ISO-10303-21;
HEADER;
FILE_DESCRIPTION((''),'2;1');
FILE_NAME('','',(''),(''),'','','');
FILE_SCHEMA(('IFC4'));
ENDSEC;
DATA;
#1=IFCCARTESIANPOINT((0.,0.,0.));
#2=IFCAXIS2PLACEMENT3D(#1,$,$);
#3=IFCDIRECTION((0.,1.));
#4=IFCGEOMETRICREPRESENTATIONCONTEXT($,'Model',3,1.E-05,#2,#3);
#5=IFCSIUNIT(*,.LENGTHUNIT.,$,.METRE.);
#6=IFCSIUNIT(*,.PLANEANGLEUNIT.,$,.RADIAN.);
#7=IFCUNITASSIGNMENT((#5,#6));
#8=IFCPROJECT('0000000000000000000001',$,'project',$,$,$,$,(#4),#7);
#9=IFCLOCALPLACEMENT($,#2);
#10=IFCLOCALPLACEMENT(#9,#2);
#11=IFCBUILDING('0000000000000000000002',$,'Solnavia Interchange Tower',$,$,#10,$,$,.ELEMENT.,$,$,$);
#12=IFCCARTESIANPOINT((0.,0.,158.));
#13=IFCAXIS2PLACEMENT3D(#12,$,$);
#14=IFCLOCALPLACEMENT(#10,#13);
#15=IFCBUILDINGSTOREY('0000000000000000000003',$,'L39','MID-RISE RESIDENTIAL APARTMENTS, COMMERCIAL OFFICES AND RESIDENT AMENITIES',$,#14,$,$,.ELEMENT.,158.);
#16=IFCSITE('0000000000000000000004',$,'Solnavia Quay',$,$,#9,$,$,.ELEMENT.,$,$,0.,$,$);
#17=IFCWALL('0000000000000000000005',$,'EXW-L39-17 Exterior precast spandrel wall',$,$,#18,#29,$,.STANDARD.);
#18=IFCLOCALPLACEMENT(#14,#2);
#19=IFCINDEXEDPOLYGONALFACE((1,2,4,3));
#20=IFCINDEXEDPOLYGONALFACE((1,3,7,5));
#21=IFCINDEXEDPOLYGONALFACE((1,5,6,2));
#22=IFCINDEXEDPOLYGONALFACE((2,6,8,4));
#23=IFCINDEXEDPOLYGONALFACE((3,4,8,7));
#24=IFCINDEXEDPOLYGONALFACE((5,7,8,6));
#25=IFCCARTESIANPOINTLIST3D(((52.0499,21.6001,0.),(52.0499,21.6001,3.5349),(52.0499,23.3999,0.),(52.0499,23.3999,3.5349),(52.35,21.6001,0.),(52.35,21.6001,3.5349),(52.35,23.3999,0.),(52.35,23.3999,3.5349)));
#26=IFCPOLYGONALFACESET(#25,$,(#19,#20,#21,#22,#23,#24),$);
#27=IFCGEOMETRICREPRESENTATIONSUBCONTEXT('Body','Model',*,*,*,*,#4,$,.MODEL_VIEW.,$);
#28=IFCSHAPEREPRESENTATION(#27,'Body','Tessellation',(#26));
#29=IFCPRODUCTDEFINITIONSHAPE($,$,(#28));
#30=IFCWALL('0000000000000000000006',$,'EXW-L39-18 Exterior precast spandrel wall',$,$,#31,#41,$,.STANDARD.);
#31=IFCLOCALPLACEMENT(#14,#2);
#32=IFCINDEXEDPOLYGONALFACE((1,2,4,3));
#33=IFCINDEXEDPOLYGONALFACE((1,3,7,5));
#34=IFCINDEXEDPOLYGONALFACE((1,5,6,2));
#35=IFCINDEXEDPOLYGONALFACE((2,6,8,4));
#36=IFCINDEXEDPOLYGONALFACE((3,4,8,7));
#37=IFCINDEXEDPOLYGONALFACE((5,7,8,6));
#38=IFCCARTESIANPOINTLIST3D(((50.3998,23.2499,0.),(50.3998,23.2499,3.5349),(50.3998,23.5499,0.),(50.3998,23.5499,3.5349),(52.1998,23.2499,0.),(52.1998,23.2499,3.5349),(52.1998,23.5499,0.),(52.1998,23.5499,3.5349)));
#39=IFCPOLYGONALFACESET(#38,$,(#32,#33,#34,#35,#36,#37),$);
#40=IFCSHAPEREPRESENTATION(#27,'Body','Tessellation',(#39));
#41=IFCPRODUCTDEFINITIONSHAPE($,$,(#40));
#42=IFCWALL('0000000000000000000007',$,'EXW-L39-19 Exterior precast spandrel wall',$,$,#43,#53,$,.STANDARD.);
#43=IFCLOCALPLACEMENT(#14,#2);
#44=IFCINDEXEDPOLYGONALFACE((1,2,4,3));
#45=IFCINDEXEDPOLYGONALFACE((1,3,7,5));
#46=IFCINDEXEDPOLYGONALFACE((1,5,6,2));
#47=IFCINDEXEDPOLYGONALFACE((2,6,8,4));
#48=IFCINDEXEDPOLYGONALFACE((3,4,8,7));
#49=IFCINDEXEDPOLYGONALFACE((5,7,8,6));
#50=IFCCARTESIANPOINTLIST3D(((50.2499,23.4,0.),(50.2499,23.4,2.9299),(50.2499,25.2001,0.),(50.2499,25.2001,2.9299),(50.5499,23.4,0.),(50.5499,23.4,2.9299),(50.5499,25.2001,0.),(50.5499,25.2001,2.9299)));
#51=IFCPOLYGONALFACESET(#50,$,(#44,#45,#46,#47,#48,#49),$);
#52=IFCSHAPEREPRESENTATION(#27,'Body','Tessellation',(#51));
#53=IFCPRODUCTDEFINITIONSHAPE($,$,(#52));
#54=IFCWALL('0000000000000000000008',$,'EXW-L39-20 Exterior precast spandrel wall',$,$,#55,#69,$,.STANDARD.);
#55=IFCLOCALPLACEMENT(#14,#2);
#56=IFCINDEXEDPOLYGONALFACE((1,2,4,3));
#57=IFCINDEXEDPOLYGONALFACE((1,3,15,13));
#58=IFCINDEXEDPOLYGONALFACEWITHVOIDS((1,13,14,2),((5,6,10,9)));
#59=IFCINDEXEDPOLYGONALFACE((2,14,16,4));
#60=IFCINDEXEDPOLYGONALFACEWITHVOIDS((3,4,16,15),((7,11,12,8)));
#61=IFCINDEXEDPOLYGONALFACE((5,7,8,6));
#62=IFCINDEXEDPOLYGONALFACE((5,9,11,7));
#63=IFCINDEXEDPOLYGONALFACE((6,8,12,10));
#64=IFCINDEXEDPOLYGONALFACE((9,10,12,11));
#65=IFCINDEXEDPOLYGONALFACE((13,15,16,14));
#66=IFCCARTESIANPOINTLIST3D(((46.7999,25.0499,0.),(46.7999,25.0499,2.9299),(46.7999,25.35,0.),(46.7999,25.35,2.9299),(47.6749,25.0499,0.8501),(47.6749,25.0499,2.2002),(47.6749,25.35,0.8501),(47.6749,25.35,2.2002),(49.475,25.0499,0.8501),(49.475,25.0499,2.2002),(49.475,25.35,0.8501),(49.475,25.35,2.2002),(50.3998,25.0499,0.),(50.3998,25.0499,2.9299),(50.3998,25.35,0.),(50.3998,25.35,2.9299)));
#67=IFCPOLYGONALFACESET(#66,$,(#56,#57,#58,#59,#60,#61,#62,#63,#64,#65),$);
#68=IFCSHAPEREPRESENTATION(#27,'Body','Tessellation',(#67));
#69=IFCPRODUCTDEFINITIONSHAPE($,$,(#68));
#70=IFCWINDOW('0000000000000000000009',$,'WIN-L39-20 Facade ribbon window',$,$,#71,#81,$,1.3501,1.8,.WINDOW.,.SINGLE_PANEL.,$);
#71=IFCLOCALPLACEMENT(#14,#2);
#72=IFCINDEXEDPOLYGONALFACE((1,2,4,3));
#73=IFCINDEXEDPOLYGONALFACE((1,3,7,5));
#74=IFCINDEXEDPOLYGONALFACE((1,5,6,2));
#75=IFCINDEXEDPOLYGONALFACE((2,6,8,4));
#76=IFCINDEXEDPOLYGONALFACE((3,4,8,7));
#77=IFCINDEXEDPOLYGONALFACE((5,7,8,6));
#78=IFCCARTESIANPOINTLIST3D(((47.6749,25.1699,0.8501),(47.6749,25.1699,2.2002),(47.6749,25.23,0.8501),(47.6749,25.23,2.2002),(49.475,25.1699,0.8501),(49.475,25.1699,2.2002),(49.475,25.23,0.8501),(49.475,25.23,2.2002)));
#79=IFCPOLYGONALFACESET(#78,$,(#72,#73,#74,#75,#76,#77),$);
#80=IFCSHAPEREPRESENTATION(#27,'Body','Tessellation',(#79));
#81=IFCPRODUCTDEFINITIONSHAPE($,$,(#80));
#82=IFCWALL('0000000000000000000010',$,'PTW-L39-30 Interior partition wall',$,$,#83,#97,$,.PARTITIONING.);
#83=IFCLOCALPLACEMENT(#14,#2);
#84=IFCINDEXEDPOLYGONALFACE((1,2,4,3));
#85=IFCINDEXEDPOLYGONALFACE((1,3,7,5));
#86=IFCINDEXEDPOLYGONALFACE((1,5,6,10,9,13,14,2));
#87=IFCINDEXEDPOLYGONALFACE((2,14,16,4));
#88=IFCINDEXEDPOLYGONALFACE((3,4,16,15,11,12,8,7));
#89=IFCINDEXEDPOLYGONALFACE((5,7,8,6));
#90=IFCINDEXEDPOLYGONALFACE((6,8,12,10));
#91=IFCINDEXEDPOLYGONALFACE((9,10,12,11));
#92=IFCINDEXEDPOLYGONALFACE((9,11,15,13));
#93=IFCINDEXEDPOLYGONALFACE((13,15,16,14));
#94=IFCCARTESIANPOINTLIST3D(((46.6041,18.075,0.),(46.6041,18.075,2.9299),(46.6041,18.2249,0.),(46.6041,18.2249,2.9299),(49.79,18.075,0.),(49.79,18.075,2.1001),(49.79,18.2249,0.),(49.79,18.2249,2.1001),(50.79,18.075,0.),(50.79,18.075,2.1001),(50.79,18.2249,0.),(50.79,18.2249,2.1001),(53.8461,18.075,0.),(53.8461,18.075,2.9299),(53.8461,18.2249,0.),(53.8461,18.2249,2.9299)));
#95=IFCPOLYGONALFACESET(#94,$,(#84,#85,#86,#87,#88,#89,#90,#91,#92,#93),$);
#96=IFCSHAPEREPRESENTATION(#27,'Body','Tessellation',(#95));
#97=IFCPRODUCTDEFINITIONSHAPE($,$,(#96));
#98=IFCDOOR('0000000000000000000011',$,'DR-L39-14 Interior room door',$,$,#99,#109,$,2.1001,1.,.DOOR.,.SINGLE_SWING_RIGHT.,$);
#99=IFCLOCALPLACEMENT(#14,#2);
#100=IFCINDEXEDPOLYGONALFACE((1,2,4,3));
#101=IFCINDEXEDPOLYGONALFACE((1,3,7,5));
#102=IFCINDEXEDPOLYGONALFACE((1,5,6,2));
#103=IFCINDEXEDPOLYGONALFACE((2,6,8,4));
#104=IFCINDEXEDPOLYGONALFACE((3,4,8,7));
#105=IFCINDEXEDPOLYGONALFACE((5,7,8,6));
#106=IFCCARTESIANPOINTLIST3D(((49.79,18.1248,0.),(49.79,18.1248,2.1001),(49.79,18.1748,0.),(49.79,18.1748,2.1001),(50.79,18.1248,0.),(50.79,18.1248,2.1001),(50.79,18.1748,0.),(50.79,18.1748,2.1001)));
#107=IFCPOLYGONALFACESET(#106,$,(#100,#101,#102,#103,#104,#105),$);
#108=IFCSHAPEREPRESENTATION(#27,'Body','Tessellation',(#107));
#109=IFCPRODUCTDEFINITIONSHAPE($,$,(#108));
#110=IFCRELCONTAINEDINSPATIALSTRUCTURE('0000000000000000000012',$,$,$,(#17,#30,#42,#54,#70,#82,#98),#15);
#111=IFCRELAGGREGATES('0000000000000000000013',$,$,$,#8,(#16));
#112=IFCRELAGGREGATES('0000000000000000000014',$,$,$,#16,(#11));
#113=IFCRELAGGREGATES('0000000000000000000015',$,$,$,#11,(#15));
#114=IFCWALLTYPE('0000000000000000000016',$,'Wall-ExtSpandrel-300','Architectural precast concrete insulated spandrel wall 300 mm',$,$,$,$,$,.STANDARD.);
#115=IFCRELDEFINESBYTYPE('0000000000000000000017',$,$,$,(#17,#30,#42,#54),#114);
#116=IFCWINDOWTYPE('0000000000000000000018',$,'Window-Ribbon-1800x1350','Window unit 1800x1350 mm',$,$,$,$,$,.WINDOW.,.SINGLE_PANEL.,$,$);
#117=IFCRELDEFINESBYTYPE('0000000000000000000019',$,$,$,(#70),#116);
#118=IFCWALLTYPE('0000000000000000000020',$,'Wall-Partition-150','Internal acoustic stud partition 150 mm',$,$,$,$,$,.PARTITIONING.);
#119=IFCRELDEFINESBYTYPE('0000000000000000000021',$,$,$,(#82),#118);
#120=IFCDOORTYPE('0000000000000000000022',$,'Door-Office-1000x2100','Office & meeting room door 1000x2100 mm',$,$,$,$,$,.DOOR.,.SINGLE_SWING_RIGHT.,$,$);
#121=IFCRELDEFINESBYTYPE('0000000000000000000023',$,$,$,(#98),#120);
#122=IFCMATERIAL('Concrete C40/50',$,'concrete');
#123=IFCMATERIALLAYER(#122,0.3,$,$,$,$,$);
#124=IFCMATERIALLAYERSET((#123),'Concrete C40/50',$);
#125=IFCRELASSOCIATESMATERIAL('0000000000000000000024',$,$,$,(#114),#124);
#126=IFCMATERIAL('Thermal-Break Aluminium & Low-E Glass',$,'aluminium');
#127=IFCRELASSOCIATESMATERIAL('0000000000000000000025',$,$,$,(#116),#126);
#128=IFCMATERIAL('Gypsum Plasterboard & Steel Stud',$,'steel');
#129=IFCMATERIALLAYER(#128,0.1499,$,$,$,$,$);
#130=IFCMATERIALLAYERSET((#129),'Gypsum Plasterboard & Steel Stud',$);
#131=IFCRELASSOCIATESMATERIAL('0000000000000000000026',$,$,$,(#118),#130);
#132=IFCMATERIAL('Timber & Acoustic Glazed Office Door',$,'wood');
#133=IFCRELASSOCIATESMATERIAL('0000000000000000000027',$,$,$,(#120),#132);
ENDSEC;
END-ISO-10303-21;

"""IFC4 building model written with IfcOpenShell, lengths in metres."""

from ifc_helpers import new_model, si_unit, direction, frame, frame_2d, origin, place, context, subcontext, project, spatial, rectangle, extrude, material, layer, layer_set, type_object, element, fill, save


model = new_model("IFC4")

# Units and contexts
model_context = context("Model", 3, precision=1e-05, world=origin(), true_north=direction((0.0, 1.0)))
body_context = subcontext(model_context, "Body", "Model", "MODEL_VIEW")
ifc_project = project(units=[si_unit("LENGTHUNIT", "METRE"), si_unit("PLANEANGLEUNIT", "RADIAN")], contexts=[model_context])

# Site, building, storey
site_placement = place(None, origin())
site = spatial("IfcSite", under=ifc_project, at=site_placement, Name="Solnavia Quay", CompositionType="ELEMENT", RefElevation=0.0)
building_placement = place(site_placement, origin())
building = spatial("IfcBuilding", under=site, at=building_placement, Name="Solnavia Interchange Tower", CompositionType="ELEMENT")
storey_placement = place(building_placement, frame((0.0, 0.0, 158.0)))
storey = spatial("IfcBuildingStorey", under=building, at=storey_placement, Name="L39", Description="MID-RISE RESIDENTIAL APARTMENTS, COMMERCIAL OFFICES AND RESIDENT AMENITIES", CompositionType="ELEMENT", Elevation=158.0)

# Walls
ifc_material_1 = material(Name="Concrete C40/50", Category="concrete")
ifc_layer_1 = layer(ifc_material_1, 0.3)
ifc_layer_set_1 = layer_set([ifc_layer_1], Name="Concrete C40/50")
wall_type_1 = type_object("IfcWallType", Name="Wall-ExtSpandrel-300", Description="Architectural precast concrete insulated spandrel wall 300 mm", PredefinedType="STANDARD", material=ifc_layer_set_1)
wall_1_placement = place(storey_placement, frame((52.2, 23.3999, 0.0), z_axis=(0.0, 0.0, 1.0), x_axis=(0.0, -1.0, 0.0)))
element("IfcWall", 1, at=wall_1_placement, inside=storey, type_object=wall_type_1, Name="EXW-L39-17 Exterior precast spandrel wall", PredefinedType="STANDARD", context=body_context, shape_type="SweptSolid", body=[
    extrude(rectangle(XDim=1.7998, YDim=0.3, at=frame_2d((0.8999, 0.0))), origin(), (0.0, 0.0, 1.0), 3.5349),
])
wall_2_placement = place(storey_placement, frame((50.3999, 23.3999, 0.0), z_axis=(0.0, 0.0, 1.0), x_axis=(1.0, 0.0, 0.0)))
element("IfcWall", 2, at=wall_2_placement, inside=storey, type_object=wall_type_1, Name="EXW-L39-18 Exterior precast spandrel wall", PredefinedType="STANDARD", context=body_context, shape_type="SweptSolid", body=[
    extrude(rectangle(XDim=1.8, YDim=0.3, at=frame_2d((0.8999, 0.0))), origin(), (0.0, 0.0, 1.0), 3.5349),
])
wall_3_placement = place(storey_placement, frame((50.3999, 25.2, 0.0), z_axis=(0.0, 0.0, 1.0), x_axis=(0.0, -1.0, 0.0)))
element("IfcWall", 3, at=wall_3_placement, inside=storey, type_object=wall_type_1, Name="EXW-L39-19 Exterior precast spandrel wall", PredefinedType="STANDARD", context=body_context, shape_type="SweptSolid", body=[
    extrude(rectangle(XDim=1.8, YDim=0.3, at=frame_2d((0.8999, 0.0))), origin(), (0.0, 0.0, 1.0), 2.9299),
])

# Wall, opening, window
wall_4_placement = place(storey_placement, frame((46.8, 25.2, 0.0), z_axis=(0.0, 0.0, 1.0), x_axis=(1.0, 0.0, 0.0)))
wall_4 = element("IfcWall", 4, at=wall_4_placement, inside=storey, type_object=wall_type_1, Name="EXW-L39-20 Exterior precast spandrel wall", PredefinedType="STANDARD", context=body_context, shape_type="SweptSolid", body=[
    extrude(rectangle(XDim=3.5999, YDim=0.3, at=frame_2d((1.7998, 0.0))), origin(), (0.0, 0.0, 1.0), 2.9299),
])
opening_1_placement = place(wall_4_placement, frame((0.875, 0.0, 0.8501)))
opening_1 = element("IfcOpeningElement", 5, at=opening_1_placement, cuts=wall_4, PredefinedType="OPENING", context=body_context, shape_type="SweptSolid", body=[
    extrude(rectangle(XDim=1.8, YDim=1.3501, at=frame_2d((0.8999, 0.675))), frame((0.0, 0.1602, 0.0), z_axis=(0.0, -1.0, 0.0), x_axis=(1.0, 0.0, 0.0)), (0.0, 0.0, 1.0), 0.3201),
])
ifc_material_2 = material(Name="Thermal-Break Aluminium & Low-E Glass", Category="aluminium")
window_type = type_object("IfcWindowType", Name="Window-Ribbon-1800x1350", Description="Window unit 1800x1350 mm", PartitioningType="SINGLE_PANEL", PredefinedType="WINDOW", material=ifc_material_2)
window_placement = place(opening_1_placement, origin())
window = element("IfcWindow", 6, at=window_placement, inside=storey, type_object=window_type, Name="WIN-L39-20 Facade ribbon window", OverallHeight=1.3501, OverallWidth=1.8, PartitioningType="SINGLE_PANEL", PredefinedType="WINDOW", context=body_context, shape_type="SweptSolid", body=[
    extrude(rectangle(XDim=1.8, YDim=1.3501, at=frame_2d((0.8999, 0.675))), frame((0.0, 0.03, 0.0), z_axis=(0.0, -1.0, 0.0), x_axis=(1.0, 0.0, 0.0)), (0.0, 0.0, 1.0), 0.0601),
])
fill(opening_1, window)

# Wall, opening, door
ifc_material_3 = material(Name="Gypsum Plasterboard & Steel Stud", Category="steel")
ifc_layer_2 = layer(ifc_material_3, 0.1499)
ifc_layer_set_2 = layer_set([ifc_layer_2], Name="Gypsum Plasterboard & Steel Stud")
wall_type_2 = type_object("IfcWallType", Name="Wall-Partition-150", Description="Internal acoustic stud partition 150 mm", PredefinedType="PARTITIONING", material=ifc_layer_set_2)
wall_5_placement = place(storey_placement, frame((46.604, 18.1499, 0.0), z_axis=(0.0, 0.0, 1.0), x_axis=(1.0, 0.0, 0.0)))
wall_5 = element("IfcWall", 7, at=wall_5_placement, inside=storey, type_object=wall_type_2, Name="PTW-L39-30 Interior partition wall", PredefinedType="PARTITIONING", context=body_context, shape_type="SweptSolid", body=[
    extrude(rectangle(XDim=7.2419, YDim=0.1499, at=frame_2d((3.6211, 0.0))), origin(), (0.0, 0.0, 1.0), 2.9299),
])
opening_2_placement = place(wall_5_placement, frame((3.186, 0.0, 0.0)))
opening_2 = element("IfcOpeningElement", 8, at=opening_2_placement, cuts=wall_5, PredefinedType="OPENING", context=body_context, shape_type="SweptSolid", body=[
    extrude(rectangle(XDim=1.0, YDim=2.1001, at=frame_2d((0.5, 1.05))), frame((0.0, 0.085, 0.0), z_axis=(0.0, -1.0, 0.0), x_axis=(1.0, 0.0, 0.0)), (0.0, 0.0, 1.0), 0.1699),
])
ifc_material_4 = material(Name="Timber & Acoustic Glazed Office Door", Category="wood")
door_type_1 = type_object("IfcDoorType", Name="Door-Office-1000x2100", Description="Office & meeting room door 1000x2100 mm", OperationType="SINGLE_SWING_RIGHT", PredefinedType="DOOR", material=ifc_material_4)
door_1_placement = place(opening_2_placement, origin())
door_1 = element("IfcDoor", 9, at=door_1_placement, inside=storey, type_object=door_type_1, Name="DR-L39-14 Interior room door", OperationType="SINGLE_SWING_RIGHT", OverallHeight=2.1001, OverallWidth=1.0, PredefinedType="DOOR", context=body_context, shape_type="SweptSolid", body=[
    extrude(rectangle(XDim=1.0, YDim=2.1001, at=frame_2d((0.5, 1.05))), frame((0.0, 0.0249, 0.0), z_axis=(0.0, -1.0, 0.0), x_axis=(1.0, 0.0, 0.0)), (0.0, 0.0, 1.0), 0.05),
])
fill(opening_2, door_1)

save(model, "model.ifc")
